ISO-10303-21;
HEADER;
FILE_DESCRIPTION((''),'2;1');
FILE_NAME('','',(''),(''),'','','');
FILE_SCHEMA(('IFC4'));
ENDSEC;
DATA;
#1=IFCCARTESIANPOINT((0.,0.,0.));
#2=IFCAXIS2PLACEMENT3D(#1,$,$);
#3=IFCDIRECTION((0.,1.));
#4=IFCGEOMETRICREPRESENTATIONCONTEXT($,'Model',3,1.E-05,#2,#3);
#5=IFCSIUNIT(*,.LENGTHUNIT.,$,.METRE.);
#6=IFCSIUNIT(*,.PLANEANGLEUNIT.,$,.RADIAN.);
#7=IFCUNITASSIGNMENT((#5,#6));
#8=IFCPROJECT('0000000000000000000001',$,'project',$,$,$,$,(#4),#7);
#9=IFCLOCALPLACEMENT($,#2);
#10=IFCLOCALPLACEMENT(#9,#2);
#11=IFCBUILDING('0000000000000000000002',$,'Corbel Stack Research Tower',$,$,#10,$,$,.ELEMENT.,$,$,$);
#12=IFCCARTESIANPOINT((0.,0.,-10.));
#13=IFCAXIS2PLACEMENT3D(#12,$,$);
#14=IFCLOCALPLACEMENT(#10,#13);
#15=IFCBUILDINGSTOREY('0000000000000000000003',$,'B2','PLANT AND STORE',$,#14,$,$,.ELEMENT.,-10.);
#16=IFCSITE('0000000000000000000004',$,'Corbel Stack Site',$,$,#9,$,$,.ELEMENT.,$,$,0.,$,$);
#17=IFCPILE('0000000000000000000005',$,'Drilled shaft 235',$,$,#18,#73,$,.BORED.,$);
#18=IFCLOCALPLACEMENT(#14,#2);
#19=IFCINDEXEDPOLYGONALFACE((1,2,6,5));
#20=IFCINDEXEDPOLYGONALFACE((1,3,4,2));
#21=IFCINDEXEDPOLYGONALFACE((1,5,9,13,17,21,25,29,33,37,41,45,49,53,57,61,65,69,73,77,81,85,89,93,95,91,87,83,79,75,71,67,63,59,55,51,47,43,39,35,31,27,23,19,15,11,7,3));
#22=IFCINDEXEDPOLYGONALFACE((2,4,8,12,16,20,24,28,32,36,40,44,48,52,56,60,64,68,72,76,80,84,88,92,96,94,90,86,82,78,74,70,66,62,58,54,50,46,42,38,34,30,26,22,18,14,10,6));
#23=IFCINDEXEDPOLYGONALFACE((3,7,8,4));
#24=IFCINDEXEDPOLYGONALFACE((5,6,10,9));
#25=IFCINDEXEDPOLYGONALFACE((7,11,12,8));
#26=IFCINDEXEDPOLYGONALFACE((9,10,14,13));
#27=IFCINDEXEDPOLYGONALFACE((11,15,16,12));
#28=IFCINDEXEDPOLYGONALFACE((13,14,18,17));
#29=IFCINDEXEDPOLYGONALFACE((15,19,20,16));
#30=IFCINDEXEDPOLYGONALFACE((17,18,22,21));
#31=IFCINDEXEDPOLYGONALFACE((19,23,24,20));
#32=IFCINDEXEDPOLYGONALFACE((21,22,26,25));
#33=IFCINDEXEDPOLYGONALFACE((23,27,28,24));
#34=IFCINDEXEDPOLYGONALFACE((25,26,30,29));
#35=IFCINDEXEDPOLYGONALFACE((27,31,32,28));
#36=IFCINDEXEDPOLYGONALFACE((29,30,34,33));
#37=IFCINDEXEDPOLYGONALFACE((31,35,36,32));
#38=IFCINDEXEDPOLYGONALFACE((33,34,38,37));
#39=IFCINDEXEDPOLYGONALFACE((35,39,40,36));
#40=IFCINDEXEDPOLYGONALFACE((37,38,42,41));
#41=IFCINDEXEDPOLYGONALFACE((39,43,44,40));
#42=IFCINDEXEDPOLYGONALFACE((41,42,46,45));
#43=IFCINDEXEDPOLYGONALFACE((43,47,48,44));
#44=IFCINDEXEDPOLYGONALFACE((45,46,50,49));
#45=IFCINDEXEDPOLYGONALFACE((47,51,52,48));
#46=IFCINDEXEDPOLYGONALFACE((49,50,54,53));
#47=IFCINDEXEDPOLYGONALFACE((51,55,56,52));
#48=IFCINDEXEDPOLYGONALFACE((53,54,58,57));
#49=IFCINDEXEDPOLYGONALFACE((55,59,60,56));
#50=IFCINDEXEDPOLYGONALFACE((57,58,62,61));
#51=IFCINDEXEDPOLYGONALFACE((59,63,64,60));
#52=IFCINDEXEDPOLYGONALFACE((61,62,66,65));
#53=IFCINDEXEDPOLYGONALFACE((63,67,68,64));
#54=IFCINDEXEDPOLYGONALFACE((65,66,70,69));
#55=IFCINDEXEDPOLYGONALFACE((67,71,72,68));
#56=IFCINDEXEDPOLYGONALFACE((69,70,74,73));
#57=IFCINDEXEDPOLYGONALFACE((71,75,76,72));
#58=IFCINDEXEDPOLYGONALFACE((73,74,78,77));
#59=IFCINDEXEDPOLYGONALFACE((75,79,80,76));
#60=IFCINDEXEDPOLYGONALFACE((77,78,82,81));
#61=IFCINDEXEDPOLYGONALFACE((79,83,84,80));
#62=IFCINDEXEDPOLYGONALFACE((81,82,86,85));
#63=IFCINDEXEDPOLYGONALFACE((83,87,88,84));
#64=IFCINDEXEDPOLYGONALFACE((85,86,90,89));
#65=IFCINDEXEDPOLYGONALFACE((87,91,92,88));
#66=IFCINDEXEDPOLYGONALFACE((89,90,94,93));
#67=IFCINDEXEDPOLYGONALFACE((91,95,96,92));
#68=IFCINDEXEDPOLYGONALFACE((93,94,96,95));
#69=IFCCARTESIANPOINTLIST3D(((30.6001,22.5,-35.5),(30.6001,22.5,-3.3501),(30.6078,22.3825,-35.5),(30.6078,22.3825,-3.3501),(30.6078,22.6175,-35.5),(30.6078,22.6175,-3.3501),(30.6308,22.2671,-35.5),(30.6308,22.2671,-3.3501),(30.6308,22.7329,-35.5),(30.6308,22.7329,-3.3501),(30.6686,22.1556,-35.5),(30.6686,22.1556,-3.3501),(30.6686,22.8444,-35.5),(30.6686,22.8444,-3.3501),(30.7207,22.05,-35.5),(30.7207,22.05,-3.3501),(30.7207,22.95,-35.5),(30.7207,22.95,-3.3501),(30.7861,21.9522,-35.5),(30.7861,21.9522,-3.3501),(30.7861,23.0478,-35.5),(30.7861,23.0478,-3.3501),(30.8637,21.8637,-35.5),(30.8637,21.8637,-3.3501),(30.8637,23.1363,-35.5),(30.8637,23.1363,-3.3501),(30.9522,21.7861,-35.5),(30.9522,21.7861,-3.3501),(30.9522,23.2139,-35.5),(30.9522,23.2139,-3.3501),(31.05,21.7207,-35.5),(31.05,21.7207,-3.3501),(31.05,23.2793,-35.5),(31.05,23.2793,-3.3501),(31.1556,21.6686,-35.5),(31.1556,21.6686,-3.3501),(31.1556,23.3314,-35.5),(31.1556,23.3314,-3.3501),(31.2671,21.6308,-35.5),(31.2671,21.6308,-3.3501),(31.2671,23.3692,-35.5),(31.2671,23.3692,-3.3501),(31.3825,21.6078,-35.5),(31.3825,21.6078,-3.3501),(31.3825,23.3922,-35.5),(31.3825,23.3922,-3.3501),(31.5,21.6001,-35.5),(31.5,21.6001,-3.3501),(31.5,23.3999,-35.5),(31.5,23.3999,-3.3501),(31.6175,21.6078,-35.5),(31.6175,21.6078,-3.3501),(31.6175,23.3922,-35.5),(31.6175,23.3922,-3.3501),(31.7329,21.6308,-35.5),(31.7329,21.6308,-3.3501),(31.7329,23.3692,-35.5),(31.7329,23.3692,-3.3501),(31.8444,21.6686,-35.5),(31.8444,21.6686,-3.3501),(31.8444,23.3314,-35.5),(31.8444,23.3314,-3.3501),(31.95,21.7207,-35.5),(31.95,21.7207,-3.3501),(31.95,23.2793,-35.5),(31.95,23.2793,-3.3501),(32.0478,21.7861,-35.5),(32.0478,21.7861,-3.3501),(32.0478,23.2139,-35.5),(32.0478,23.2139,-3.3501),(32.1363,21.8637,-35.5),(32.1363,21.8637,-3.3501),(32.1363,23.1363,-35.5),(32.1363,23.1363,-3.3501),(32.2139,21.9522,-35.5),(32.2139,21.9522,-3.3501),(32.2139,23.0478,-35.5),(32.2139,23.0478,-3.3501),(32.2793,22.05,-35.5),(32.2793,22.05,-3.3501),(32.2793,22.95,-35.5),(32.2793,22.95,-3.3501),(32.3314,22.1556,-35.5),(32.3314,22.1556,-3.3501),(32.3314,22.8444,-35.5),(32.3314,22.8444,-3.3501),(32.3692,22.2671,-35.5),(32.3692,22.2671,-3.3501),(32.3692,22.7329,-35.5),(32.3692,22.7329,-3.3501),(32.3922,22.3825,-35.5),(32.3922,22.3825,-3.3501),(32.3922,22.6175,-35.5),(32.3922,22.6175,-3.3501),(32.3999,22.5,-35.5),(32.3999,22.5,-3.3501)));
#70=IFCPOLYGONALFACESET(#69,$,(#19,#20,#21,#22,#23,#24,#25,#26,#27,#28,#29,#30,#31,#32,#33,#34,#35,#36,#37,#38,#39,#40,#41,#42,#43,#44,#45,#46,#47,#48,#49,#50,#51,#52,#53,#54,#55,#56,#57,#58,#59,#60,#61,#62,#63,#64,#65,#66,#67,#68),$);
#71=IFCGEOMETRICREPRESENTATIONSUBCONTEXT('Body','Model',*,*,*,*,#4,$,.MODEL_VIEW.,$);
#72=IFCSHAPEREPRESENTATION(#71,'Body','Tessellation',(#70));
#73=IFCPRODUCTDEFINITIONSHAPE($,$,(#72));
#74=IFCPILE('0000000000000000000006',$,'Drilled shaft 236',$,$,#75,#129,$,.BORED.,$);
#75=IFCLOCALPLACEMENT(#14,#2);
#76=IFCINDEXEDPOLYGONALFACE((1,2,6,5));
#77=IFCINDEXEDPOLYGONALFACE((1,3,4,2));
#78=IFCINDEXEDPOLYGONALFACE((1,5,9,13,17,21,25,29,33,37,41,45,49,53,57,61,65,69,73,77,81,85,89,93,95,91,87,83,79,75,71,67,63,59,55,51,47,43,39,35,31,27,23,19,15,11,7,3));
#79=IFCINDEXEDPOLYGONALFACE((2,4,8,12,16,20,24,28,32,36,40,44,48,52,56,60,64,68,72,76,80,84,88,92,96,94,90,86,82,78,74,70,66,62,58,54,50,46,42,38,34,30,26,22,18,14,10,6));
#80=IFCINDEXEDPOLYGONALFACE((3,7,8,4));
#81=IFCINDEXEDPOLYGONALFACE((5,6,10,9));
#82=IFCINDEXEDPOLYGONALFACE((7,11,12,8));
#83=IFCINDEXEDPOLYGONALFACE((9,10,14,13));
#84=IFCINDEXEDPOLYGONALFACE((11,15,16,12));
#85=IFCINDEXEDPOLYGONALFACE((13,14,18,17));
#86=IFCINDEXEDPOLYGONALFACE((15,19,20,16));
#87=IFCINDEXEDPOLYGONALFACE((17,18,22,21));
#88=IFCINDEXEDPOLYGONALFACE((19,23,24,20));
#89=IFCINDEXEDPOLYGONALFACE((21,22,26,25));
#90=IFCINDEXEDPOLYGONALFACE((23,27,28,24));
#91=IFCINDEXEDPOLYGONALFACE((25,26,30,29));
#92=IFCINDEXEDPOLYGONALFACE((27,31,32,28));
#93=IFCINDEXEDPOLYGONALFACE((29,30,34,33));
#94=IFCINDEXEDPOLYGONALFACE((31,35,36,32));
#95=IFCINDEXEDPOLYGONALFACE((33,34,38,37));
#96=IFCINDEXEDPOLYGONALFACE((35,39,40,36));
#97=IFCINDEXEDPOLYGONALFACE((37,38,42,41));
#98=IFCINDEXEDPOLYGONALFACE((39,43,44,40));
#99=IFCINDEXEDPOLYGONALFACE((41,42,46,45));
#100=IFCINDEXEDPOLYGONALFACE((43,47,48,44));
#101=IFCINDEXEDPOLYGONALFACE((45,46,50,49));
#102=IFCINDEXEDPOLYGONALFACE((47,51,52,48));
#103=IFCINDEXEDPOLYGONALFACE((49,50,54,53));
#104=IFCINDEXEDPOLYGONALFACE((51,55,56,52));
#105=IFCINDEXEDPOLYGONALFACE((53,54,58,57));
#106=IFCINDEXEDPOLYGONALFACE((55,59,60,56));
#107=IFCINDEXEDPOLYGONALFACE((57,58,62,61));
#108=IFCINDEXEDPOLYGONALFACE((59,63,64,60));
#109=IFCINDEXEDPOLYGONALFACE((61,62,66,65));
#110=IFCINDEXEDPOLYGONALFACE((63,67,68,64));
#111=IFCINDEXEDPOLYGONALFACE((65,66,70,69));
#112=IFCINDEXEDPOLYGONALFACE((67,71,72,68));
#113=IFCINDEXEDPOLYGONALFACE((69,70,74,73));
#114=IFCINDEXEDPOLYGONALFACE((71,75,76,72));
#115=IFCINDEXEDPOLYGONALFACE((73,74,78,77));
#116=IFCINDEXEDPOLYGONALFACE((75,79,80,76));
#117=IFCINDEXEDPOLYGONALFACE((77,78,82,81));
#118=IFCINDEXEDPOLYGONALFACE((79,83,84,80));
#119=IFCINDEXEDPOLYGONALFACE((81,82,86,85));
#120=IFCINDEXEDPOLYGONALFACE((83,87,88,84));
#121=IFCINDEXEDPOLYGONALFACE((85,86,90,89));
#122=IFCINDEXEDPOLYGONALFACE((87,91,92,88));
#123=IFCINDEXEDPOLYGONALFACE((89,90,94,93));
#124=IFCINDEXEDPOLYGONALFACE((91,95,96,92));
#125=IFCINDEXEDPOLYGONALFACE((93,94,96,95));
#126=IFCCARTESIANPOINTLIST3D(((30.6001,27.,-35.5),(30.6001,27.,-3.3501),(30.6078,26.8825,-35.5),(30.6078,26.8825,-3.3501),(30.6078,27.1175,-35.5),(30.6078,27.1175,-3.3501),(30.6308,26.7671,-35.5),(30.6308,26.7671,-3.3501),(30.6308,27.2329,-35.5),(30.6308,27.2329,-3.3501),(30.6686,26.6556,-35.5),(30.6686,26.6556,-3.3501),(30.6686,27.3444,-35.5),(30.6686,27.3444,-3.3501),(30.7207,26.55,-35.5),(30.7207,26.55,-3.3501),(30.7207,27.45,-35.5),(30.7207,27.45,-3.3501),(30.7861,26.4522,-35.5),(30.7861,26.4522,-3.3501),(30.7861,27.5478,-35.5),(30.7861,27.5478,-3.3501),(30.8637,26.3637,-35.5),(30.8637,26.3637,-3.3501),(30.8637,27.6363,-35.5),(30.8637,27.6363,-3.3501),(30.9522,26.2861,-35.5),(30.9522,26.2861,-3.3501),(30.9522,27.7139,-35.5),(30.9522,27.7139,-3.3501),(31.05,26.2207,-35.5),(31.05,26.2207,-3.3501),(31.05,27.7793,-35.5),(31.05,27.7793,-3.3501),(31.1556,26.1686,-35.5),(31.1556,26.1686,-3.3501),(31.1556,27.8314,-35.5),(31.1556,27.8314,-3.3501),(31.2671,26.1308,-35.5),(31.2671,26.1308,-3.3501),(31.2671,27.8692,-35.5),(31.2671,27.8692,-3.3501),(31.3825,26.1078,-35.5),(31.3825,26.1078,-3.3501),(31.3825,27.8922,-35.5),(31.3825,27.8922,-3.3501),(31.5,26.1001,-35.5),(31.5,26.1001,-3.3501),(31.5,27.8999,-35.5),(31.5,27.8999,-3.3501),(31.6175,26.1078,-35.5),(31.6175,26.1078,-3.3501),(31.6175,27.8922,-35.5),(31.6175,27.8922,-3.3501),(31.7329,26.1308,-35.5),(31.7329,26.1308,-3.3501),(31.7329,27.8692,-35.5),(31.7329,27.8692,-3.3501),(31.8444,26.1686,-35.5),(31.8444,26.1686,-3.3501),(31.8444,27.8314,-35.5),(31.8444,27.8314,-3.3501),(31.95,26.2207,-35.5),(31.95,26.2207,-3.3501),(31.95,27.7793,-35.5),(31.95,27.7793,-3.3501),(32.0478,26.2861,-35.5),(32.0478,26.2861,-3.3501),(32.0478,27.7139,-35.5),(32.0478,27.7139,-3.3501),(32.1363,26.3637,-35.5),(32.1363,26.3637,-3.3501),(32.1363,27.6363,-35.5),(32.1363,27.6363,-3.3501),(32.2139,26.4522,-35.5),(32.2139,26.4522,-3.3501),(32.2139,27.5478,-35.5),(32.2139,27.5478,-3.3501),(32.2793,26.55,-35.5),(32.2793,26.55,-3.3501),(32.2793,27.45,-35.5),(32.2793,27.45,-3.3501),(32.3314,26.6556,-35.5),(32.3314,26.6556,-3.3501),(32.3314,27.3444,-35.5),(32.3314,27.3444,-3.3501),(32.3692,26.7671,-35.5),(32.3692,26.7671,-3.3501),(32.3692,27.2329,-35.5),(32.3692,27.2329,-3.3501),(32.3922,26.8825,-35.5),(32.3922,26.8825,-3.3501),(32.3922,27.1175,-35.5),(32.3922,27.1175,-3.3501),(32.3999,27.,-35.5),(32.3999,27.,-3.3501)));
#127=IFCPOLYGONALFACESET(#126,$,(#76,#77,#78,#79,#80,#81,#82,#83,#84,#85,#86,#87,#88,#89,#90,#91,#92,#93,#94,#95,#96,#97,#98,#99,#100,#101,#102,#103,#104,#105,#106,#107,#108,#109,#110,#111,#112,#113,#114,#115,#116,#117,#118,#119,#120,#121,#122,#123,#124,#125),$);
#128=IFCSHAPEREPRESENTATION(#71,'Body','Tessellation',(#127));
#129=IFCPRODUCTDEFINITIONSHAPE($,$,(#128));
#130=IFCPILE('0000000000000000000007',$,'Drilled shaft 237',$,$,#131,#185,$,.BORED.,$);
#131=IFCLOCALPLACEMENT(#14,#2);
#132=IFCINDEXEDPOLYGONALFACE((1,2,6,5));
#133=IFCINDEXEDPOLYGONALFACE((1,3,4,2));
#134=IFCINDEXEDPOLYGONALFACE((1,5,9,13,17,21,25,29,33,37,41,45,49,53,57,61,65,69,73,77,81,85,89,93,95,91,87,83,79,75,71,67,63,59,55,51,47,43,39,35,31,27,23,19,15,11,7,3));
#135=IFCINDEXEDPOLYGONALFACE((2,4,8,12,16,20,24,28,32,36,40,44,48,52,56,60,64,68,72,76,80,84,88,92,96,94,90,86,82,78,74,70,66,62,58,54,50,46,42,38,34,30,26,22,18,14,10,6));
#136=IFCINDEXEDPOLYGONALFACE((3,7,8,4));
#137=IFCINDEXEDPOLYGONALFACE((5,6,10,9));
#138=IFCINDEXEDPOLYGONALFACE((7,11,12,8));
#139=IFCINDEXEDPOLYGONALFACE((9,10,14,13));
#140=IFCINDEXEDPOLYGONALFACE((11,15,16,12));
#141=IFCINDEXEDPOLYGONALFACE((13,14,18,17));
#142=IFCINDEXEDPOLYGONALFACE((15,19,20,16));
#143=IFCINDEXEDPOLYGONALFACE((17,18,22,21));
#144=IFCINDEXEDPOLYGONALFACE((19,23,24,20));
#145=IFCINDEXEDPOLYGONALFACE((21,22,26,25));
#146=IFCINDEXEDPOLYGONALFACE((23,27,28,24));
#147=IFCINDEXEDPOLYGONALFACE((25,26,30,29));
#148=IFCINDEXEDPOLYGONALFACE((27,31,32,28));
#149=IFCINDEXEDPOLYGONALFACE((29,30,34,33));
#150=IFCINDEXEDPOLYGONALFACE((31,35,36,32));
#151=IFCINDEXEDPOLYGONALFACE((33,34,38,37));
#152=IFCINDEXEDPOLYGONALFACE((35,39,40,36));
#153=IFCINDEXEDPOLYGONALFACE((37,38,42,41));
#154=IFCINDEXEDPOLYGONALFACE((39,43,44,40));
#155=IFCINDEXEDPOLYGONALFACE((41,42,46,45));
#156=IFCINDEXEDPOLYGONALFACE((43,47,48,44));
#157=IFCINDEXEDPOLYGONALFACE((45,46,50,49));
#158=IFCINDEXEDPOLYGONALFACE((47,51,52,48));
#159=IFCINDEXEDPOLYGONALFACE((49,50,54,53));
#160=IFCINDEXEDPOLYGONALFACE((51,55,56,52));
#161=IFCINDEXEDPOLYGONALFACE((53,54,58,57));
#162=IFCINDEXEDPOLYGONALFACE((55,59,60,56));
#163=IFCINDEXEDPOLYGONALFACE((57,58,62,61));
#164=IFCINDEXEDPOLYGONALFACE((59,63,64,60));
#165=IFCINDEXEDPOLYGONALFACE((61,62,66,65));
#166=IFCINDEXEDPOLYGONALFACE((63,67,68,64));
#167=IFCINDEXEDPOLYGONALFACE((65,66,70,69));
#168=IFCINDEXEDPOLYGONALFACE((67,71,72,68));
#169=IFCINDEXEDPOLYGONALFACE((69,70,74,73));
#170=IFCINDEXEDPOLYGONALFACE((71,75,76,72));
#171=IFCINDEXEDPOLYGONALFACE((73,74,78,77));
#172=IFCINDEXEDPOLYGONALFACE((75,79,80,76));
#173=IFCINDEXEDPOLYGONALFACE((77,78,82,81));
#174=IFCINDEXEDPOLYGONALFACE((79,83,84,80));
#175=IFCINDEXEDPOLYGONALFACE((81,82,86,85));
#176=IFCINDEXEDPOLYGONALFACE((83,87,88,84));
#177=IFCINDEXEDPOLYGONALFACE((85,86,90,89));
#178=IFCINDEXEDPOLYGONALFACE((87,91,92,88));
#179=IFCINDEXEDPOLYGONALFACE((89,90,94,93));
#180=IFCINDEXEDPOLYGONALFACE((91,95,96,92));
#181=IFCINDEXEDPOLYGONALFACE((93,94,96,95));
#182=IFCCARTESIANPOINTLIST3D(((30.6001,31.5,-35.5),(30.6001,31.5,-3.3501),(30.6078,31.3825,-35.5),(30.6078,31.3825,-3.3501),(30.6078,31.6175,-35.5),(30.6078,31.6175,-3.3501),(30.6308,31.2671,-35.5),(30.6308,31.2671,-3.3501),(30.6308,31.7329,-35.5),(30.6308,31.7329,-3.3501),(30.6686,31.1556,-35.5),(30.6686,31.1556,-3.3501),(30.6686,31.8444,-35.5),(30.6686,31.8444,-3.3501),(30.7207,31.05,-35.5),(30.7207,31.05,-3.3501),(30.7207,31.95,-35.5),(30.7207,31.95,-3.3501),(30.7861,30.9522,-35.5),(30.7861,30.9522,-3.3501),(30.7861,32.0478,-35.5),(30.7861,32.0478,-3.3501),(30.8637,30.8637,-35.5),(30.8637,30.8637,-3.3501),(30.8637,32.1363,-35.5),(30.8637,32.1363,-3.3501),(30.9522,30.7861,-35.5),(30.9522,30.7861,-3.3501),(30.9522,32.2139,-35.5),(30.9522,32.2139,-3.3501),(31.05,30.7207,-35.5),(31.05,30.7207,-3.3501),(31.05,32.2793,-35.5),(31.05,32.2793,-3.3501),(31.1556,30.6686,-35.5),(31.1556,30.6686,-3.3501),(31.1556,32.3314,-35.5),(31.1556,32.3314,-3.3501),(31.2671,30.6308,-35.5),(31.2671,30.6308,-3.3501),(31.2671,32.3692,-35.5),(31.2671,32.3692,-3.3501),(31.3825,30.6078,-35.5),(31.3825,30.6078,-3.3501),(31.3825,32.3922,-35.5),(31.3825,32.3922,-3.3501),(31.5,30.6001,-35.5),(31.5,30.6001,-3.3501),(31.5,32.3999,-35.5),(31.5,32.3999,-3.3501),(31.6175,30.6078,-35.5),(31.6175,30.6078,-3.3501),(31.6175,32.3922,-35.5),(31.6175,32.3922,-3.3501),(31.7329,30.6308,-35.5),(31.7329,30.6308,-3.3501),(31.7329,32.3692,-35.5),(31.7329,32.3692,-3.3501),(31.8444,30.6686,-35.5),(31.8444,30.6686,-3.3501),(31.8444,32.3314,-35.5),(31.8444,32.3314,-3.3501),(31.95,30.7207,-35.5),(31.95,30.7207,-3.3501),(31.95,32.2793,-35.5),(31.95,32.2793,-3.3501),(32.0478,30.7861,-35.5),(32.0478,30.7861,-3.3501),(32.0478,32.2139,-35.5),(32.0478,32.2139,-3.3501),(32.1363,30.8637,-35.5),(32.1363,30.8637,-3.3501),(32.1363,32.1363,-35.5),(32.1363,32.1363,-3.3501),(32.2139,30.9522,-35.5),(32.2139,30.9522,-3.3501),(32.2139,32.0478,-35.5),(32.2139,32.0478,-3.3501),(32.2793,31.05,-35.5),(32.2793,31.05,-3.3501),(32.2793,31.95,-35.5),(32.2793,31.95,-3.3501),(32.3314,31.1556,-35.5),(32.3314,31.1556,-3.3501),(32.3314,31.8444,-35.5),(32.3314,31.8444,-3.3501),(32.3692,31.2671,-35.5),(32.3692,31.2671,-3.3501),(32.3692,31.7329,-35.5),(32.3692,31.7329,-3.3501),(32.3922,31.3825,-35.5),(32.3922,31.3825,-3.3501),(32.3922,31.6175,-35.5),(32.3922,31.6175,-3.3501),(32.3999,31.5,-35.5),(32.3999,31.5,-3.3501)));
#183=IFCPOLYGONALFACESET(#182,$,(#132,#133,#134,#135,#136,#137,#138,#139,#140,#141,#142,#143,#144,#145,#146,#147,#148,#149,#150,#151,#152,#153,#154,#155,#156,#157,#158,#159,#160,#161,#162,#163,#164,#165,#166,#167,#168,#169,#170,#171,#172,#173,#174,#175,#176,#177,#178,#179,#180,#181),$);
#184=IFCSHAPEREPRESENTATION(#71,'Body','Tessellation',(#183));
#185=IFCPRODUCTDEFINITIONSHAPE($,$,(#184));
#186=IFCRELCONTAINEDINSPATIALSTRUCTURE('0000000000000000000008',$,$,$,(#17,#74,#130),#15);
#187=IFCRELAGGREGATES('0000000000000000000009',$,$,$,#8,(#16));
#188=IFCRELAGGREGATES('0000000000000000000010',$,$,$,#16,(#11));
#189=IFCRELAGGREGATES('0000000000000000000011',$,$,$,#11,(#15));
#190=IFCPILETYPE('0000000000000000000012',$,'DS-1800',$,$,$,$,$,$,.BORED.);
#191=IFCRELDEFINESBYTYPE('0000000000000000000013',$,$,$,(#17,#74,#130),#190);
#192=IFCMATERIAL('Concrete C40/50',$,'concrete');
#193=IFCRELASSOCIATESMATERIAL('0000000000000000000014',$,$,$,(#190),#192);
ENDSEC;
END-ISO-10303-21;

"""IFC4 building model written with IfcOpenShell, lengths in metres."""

from ifc_helpers import new_model, si_unit, direction, frame, origin, origin_2d, place, context, subcontext, project, spatial, circle, extrude, material, material_profile, profile_set, type_object, element, save


model = new_model("IFC4")

# Units and contexts
model_context = context("Model", 3, precision=1e-05, world=origin(), true_north=direction((0.0, 1.0)))
body_context = subcontext(model_context, "Body", "Model", "MODEL_VIEW")
ifc_project = project(units=[si_unit("LENGTHUNIT", "METRE"), si_unit("PLANEANGLEUNIT", "RADIAN")], contexts=[model_context])

# Site, building, storey
site_placement = place(None, origin())
site = spatial("IfcSite", under=ifc_project, at=site_placement, Name="Corbel Stack Site", CompositionType="ELEMENT", RefElevation=0.0)
building_placement = place(site_placement, origin())
building = spatial("IfcBuilding", under=site, at=building_placement, Name="Corbel Stack Research Tower", CompositionType="ELEMENT")
storey_placement = place(building_placement, frame((0.0, 0.0, -10.0)))
storey = spatial("IfcBuildingStorey", under=building, at=storey_placement, Name="B2", Description="PLANT AND STORE", CompositionType="ELEMENT", Elevation=-10.0)

# Piles
ifc_material_1 = material(Name="Concrete C40/50", Category="concrete")
ifc_material_profile_1 = material_profile(ifc_material_1, circle(Radius=0.8999, at=origin_2d()), Name="Shaft 1800")
ifc_profile_set_1 = profile_set([ifc_material_profile_1], Name="Concrete C40/50")
pile_type = type_object("IfcPileType", Name="DS-1800", PredefinedType="BORED", material=ifc_profile_set_1)
for number, where, z_axis, x_axis, name in (
    (1, (31.5, 22.5, -3.3501), (0.0, 0.0, -1.0), (1.0, 0.0, 0.0), "Drilled shaft 235"),
    (2, (31.5, 27.0, -3.3501), (0.0, 0.0, -1.0), (1.0, 0.0, 0.0), "Drilled shaft 236"),
    (3, (31.5, 31.5, -3.3501), (0.0, 0.0, -1.0), (1.0, 0.0, 0.0), "Drilled shaft 237"),
):
    element("IfcPile", number, at=place(storey_placement, frame(where, z_axis=z_axis, x_axis=x_axis)), inside=storey, type_object=pile_type, Name=name, PredefinedType="BORED", context=body_context, shape_type="SweptSolid", body=[
        extrude(circle(Radius=0.8999, at=origin_2d()), origin(), (0.0, 0.0, 1.0), 32.1499),
    ])

save(model, "model.ifc")
